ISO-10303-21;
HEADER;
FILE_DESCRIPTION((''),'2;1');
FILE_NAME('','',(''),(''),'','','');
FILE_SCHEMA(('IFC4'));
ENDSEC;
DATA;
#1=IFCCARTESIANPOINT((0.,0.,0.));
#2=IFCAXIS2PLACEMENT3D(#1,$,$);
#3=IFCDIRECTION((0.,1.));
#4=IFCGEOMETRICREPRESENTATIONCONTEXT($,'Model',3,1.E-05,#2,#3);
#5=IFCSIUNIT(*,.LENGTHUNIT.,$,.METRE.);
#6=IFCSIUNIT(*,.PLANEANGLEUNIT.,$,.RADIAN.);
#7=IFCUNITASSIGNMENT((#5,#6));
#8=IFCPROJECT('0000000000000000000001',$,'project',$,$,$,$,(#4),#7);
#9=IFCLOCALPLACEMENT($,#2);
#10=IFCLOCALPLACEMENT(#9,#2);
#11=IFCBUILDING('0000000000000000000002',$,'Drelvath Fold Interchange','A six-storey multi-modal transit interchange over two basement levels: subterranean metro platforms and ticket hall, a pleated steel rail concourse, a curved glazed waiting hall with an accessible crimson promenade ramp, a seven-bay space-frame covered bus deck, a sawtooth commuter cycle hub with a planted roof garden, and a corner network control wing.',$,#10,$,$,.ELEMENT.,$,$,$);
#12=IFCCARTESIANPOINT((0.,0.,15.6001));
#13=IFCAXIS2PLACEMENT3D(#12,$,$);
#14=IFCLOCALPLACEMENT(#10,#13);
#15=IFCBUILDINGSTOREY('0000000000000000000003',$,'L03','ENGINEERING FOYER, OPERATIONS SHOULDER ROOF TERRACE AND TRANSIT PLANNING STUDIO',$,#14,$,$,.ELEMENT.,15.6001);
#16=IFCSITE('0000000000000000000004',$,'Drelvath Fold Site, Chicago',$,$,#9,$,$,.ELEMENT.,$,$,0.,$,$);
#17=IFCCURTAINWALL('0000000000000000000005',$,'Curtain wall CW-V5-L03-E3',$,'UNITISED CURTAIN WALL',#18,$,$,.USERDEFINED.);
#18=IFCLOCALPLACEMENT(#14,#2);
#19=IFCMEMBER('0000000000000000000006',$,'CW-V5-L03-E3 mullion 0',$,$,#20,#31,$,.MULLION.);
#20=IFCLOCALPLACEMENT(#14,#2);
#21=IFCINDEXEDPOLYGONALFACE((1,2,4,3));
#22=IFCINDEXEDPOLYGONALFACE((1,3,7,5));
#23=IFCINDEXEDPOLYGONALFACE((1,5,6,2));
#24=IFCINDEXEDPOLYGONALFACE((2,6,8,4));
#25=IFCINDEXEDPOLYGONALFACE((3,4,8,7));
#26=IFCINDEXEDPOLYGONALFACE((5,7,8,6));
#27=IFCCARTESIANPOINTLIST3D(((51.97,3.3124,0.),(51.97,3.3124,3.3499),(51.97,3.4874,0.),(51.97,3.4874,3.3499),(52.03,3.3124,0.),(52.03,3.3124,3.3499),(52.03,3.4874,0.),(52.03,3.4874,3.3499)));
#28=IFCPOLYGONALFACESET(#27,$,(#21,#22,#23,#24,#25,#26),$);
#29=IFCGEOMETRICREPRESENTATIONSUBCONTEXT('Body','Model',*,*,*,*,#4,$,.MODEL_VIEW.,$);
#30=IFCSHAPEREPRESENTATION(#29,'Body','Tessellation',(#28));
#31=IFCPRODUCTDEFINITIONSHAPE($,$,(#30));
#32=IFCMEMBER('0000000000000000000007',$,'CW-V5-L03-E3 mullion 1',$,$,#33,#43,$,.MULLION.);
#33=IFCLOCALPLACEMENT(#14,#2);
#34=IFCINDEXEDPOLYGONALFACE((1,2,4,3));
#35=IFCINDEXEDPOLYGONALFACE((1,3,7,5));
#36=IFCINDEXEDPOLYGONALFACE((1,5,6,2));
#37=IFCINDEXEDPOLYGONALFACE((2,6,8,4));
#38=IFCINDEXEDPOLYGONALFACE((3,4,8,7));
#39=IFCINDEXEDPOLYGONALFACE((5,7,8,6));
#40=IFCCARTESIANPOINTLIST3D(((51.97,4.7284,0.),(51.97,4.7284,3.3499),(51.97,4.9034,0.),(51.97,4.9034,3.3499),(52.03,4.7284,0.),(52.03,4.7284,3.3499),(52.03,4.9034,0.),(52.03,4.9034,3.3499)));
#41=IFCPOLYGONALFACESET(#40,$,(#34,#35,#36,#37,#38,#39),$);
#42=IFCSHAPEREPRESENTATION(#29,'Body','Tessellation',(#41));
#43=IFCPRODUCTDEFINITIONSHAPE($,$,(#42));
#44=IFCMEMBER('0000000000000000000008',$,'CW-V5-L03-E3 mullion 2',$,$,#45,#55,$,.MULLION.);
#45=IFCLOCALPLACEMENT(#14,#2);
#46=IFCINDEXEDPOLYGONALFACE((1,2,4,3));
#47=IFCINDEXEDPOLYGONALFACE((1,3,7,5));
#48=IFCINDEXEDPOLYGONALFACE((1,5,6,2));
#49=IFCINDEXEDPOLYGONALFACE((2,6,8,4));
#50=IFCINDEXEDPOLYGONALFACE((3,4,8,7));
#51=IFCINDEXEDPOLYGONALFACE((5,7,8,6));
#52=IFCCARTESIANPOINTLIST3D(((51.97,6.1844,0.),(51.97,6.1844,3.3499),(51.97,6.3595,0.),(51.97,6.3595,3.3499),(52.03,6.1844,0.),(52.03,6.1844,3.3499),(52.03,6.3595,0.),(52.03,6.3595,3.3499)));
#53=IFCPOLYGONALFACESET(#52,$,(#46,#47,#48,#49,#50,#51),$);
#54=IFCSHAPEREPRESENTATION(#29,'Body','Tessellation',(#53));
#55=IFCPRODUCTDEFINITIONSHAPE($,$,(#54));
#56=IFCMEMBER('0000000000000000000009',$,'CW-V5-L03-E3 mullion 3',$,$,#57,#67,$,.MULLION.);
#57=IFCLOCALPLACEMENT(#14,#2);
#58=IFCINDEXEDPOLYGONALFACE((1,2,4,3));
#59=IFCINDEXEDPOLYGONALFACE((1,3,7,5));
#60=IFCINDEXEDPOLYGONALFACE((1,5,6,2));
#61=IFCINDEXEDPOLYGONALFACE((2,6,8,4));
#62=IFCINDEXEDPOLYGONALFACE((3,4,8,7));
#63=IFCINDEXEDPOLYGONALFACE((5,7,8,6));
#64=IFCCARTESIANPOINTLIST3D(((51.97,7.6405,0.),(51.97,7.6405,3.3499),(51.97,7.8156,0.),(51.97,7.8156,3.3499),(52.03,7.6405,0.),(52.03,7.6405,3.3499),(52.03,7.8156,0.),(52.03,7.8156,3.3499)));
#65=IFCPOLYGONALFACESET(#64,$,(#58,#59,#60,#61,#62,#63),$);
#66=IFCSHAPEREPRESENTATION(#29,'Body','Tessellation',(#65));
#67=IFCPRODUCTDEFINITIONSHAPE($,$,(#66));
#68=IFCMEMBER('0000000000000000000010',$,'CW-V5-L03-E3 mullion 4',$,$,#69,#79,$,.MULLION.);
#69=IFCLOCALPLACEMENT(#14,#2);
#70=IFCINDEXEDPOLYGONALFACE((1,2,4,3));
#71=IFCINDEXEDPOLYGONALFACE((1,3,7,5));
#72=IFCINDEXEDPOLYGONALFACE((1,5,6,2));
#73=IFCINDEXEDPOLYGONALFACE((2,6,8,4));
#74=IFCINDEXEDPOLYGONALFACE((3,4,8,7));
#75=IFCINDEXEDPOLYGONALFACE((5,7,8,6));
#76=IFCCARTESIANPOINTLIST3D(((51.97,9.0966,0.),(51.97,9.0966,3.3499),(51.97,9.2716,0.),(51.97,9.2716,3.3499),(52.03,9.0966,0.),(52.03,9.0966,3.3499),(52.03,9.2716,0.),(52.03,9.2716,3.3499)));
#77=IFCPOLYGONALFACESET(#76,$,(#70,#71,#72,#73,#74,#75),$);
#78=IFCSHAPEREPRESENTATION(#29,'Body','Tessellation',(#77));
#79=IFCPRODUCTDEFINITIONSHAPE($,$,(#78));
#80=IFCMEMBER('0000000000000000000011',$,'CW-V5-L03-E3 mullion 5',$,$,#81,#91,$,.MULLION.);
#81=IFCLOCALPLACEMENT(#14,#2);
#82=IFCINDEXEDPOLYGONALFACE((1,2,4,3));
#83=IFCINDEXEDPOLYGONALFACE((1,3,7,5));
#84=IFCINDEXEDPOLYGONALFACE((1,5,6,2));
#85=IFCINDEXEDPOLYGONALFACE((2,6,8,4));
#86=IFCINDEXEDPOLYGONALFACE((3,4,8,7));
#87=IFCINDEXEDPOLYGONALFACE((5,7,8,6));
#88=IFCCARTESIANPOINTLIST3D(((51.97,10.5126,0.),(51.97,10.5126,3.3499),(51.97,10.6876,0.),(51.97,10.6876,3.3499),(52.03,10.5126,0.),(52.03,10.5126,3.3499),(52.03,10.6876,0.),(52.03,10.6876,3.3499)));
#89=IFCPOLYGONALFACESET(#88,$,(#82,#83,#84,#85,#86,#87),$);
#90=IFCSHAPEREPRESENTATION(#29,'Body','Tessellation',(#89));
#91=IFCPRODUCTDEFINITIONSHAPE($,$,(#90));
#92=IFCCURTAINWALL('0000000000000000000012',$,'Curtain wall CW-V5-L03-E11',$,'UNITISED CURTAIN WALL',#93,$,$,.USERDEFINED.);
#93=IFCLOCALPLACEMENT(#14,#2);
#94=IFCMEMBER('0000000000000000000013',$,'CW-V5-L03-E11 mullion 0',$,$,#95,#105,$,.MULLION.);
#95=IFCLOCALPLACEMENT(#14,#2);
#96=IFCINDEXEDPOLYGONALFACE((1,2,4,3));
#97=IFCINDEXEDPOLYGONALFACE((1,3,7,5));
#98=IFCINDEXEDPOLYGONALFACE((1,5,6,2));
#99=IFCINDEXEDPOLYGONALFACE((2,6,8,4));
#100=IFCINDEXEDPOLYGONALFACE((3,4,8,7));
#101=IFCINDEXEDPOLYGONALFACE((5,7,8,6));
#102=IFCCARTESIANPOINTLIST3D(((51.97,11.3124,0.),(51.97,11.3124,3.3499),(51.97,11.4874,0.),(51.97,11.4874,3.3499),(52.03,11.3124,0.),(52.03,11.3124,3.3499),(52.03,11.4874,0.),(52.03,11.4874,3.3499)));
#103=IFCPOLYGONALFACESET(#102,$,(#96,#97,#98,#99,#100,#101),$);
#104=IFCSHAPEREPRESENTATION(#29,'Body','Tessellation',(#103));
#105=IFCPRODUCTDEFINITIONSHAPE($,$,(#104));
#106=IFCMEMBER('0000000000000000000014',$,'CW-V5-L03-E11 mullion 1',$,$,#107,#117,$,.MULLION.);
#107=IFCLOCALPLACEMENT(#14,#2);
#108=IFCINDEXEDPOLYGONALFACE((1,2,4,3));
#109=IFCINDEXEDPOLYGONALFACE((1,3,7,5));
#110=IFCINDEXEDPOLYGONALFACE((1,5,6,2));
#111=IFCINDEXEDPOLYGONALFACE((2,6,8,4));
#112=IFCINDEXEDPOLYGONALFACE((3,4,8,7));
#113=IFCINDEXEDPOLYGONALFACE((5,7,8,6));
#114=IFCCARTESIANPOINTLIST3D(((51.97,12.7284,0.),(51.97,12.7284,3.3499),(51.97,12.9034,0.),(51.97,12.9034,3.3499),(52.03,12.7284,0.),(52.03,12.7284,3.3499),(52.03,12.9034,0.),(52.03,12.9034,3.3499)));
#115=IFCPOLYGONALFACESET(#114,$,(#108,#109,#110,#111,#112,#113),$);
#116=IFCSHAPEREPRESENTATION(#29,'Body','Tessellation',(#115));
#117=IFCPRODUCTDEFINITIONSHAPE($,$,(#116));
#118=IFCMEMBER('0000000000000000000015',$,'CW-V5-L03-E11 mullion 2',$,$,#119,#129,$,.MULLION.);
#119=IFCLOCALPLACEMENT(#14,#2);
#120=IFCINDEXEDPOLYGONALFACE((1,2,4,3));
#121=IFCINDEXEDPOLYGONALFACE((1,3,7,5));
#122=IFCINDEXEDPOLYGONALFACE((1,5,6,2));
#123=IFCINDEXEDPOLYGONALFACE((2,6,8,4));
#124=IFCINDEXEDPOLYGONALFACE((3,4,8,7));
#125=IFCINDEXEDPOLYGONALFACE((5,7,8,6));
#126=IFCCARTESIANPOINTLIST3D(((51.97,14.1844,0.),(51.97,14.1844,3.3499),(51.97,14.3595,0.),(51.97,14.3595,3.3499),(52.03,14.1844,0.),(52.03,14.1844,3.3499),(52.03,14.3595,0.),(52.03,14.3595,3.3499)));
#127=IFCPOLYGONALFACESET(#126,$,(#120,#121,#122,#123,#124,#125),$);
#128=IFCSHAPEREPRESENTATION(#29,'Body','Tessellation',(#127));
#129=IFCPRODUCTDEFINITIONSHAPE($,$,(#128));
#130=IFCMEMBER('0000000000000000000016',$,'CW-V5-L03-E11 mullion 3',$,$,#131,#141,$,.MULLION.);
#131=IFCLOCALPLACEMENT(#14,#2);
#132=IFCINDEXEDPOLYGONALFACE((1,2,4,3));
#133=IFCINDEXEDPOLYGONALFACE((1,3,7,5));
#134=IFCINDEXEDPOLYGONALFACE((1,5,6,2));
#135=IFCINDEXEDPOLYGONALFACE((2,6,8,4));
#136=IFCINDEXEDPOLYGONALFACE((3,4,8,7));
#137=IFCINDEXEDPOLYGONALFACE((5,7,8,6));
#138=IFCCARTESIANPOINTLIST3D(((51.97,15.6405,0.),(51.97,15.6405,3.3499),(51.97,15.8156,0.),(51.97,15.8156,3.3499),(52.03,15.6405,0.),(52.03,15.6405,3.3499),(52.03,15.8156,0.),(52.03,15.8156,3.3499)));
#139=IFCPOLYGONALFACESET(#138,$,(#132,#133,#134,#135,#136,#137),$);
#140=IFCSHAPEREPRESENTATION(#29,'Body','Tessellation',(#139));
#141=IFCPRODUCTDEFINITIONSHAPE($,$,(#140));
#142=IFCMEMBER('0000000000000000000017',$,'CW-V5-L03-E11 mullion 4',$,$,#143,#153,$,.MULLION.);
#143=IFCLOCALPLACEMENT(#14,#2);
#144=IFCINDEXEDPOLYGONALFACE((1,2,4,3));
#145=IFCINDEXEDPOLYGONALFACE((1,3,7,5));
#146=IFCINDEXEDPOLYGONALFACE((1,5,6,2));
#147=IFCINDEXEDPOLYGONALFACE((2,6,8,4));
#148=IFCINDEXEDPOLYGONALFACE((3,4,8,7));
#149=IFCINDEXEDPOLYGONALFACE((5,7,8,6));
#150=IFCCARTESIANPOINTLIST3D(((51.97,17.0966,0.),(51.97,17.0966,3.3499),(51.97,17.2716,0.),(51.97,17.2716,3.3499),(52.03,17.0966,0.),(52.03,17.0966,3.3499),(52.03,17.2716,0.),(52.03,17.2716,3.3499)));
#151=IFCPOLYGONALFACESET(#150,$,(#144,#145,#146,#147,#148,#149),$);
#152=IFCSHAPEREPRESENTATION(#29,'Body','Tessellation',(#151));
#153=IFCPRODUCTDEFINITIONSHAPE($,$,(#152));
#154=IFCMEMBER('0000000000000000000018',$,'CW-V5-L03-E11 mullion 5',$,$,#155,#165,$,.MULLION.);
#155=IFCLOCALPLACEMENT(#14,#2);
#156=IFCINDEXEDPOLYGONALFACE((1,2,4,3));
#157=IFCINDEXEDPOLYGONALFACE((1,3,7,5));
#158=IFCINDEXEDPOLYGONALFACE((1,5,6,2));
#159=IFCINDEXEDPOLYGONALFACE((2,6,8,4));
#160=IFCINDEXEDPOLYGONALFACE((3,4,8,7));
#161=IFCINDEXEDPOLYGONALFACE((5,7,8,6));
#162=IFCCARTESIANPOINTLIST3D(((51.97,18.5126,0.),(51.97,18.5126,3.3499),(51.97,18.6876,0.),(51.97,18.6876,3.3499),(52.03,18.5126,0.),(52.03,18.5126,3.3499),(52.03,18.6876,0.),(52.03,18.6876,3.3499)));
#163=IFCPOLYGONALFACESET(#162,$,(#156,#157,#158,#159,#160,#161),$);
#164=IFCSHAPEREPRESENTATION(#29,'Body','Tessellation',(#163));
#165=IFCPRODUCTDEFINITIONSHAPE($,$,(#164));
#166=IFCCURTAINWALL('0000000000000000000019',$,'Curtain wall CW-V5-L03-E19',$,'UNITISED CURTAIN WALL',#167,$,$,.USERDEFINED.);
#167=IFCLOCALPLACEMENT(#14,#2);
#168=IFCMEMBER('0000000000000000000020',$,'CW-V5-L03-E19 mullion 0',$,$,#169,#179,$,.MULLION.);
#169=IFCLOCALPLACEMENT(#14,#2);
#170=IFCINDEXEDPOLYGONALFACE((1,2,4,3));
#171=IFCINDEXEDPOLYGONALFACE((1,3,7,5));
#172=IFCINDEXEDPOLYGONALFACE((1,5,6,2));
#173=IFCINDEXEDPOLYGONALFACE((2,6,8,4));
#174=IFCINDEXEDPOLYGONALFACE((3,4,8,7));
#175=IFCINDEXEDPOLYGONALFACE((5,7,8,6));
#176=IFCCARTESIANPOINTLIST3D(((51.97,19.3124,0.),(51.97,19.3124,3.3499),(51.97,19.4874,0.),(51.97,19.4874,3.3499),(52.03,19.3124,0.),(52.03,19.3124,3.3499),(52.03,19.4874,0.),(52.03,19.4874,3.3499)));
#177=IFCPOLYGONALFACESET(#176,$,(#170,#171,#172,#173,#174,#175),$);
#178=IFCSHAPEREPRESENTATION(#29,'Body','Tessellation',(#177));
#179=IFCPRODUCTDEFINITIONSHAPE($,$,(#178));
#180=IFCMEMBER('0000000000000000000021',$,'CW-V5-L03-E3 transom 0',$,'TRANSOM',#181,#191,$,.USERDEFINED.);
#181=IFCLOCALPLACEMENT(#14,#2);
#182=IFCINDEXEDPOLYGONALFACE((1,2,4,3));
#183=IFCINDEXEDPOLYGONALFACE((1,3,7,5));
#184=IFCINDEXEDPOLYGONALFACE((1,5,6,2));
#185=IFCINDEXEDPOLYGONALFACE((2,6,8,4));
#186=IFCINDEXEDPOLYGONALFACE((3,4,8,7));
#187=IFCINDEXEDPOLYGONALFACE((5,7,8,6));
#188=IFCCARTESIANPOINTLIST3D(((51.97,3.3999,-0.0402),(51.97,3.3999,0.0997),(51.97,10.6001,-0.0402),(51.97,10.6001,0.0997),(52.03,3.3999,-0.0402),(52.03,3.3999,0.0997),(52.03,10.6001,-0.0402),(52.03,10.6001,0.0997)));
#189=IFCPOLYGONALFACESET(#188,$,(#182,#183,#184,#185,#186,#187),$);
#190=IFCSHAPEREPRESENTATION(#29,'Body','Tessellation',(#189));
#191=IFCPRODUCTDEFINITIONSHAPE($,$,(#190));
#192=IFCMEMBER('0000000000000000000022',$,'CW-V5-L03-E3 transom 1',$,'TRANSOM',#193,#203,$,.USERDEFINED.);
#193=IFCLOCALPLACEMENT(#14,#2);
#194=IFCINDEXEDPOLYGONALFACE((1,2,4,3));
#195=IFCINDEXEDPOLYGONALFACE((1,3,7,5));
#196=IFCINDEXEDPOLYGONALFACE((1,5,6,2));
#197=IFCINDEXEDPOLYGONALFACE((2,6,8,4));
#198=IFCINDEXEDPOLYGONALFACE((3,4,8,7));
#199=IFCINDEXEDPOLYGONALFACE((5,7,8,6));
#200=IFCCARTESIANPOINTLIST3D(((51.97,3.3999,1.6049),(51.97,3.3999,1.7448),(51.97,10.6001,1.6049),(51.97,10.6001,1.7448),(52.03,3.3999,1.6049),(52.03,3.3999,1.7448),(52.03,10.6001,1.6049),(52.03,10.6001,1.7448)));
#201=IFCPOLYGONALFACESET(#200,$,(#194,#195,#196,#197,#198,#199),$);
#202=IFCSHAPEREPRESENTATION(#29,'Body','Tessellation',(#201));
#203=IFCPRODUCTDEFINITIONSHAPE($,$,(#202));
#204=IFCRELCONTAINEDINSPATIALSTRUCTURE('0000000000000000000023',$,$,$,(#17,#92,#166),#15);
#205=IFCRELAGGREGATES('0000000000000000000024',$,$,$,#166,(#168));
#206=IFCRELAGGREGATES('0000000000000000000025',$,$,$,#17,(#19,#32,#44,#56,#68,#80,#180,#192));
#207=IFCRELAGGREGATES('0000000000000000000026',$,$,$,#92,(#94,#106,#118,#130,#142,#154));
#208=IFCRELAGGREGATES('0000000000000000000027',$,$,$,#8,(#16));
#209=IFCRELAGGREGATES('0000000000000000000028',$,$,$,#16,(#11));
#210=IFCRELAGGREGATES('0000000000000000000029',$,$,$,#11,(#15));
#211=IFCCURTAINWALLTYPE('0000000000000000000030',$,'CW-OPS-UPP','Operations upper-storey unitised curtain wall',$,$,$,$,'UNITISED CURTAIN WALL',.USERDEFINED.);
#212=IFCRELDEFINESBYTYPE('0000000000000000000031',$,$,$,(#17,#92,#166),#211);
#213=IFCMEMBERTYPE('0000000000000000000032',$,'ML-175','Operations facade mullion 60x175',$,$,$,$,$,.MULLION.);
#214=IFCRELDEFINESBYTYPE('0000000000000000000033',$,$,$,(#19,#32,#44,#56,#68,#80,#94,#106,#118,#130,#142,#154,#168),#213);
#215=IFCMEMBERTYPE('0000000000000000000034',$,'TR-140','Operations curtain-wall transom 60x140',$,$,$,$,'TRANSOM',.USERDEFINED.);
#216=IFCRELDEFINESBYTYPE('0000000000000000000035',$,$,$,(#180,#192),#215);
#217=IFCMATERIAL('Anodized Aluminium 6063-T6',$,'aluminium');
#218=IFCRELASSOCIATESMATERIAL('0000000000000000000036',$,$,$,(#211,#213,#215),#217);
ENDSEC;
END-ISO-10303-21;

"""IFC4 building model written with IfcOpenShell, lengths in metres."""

from ifc_helpers import new_model, si_unit, direction, frame, origin, origin_2d, place, context, subcontext, project, spatial, rectangle, extrude, material, material_profile, profile_set, type_object, element, aggregate, save


model = new_model("IFC4")

# Units and contexts
model_context = context("Model", 3, precision=1e-05, world=origin(), true_north=direction((0.0, 1.0)))
body_context = subcontext(model_context, "Body", "Model", "MODEL_VIEW")
ifc_project = project(units=[si_unit("LENGTHUNIT", "METRE"), si_unit("PLANEANGLEUNIT", "RADIAN")], contexts=[model_context])

# Site, building, storey
site_placement = place(None, origin())
site = spatial("IfcSite", under=ifc_project, at=site_placement, Name="Drelvath Fold Site, Chicago", CompositionType="ELEMENT", RefElevation=0.0)
building_placement = place(site_placement, origin())
building = spatial("IfcBuilding", under=site, at=building_placement, Name="Drelvath Fold Interchange", Description="A six-storey multi-modal transit interchange over two basement levels: subterranean metro platforms and ticket hall, a pleated steel rail concourse, a curved glazed waiting hall with an accessible crimson promenade ramp, a seven-bay space-frame covered bus deck, a sawtooth commuter cycle hub with a planted roof garden, and a corner network control wing.", CompositionType="ELEMENT")
storey_placement = place(building_placement, frame((0.0, 0.0, 15.6001)))
storey = spatial("IfcBuildingStorey", under=building, at=storey_placement, Name="L03", Description="ENGINEERING FOYER, OPERATIONS SHOULDER ROOF TERRACE AND TRANSIT PLANNING STUDIO", CompositionType="ELEMENT", Elevation=15.6001)

# Curtain walls, members
ifc_material_1 = material(Name="Anodized Aluminium 6063-T6", Category="aluminium")
curtain_wall_type = type_object("IfcCurtainWallType", Name="CW-OPS-UPP", Description="Operations upper-storey unitised curtain wall", ElementType="UNITISED CURTAIN WALL", PredefinedType="USERDEFINED", material=ifc_material_1)
curtain_wall_1_placement = place(storey_placement, origin())
curtain_wall_1 = element("IfcCurtainWall", 1, at=curtain_wall_1_placement, inside=storey, type_object=curtain_wall_type, Name="Curtain wall CW-V5-L03-E3", ObjectType="UNITISED CURTAIN WALL", PredefinedType="USERDEFINED")
ifc_material_profile_1 = material_profile(ifc_material_1, rectangle(XDim=0.0601, YDim=0.175, at=origin_2d()), Name="AL-M 60x175")
ifc_profile_set_1 = profile_set([ifc_material_profile_1], Name="Anodized Aluminium 6063-T6")
member_type_1 = type_object("IfcMemberType", Name="ML-175", Description="Operations facade mullion 60x175", PredefinedType="MULLION", material=ifc_profile_set_1)
member_1_placement = place(storey_placement, frame((52.0, 3.3999, 0.0), z_axis=(0.0, 0.0, 1.0), x_axis=(1.0, 0.0, 0.0)))
member_1 = element("IfcMember", 2, at=member_1_placement, type_object=member_type_1, Name="CW-V5-L03-E3 mullion 0", PredefinedType="MULLION", context=body_context, shape_type="SweptSolid", body=[
    extrude(rectangle(XDim=0.0601, YDim=0.175, at=origin_2d()), origin(), (0.0, 0.0, 1.0), 3.3499),
])
member_2_placement = place(storey_placement, frame((52.0, 4.8159, 0.0), z_axis=(0.0, 0.0, 1.0), x_axis=(1.0, 0.0, 0.0)))
member_2 = element("IfcMember", 3, at=member_2_placement, type_object=member_type_1, Name="CW-V5-L03-E3 mullion 1", PredefinedType="MULLION", context=body_context, shape_type="SweptSolid", body=[
    extrude(rectangle(XDim=0.0601, YDim=0.175, at=origin_2d()), origin(), (0.0, 0.0, 1.0), 3.3499),
])
member_3_placement = place(storey_placement, frame((52.0, 6.272, 0.0), z_axis=(0.0, 0.0, 1.0), x_axis=(1.0, 0.0, 0.0)))
member_3 = element("IfcMember", 4, at=member_3_placement, type_object=member_type_1, Name="CW-V5-L03-E3 mullion 2", PredefinedType="MULLION", context=body_context, shape_type="SweptSolid", body=[
    extrude(rectangle(XDim=0.0601, YDim=0.175, at=origin_2d()), origin(), (0.0, 0.0, 1.0), 3.3499),
])
member_4_placement = place(storey_placement, frame((52.0, 7.728, 0.0), z_axis=(0.0, 0.0, 1.0), x_axis=(1.0, 0.0, 0.0)))
member_4 = element("IfcMember", 5, at=member_4_placement, type_object=member_type_1, Name="CW-V5-L03-E3 mullion 3", PredefinedType="MULLION", context=body_context, shape_type="SweptSolid", body=[
    extrude(rectangle(XDim=0.0601, YDim=0.175, at=origin_2d()), origin(), (0.0, 0.0, 1.0), 3.3499),
])
member_5_placement = place(storey_placement, frame((52.0, 9.1841, 0.0), z_axis=(0.0, 0.0, 1.0), x_axis=(1.0, 0.0, 0.0)))
member_5 = element("IfcMember", 6, at=member_5_placement, type_object=member_type_1, Name="CW-V5-L03-E3 mullion 4", PredefinedType="MULLION", context=body_context, shape_type="SweptSolid", body=[
    extrude(rectangle(XDim=0.0601, YDim=0.175, at=origin_2d()), origin(), (0.0, 0.0, 1.0), 3.3499),
])
member_6_placement = place(storey_placement, frame((52.0, 10.6001, 0.0), z_axis=(0.0, 0.0, 1.0), x_axis=(1.0, 0.0, 0.0)))
member_6 = element("IfcMember", 7, at=member_6_placement, type_object=member_type_1, Name="CW-V5-L03-E3 mullion 5", PredefinedType="MULLION", context=body_context, shape_type="SweptSolid", body=[
    extrude(rectangle(XDim=0.0601, YDim=0.175, at=origin_2d()), origin(), (0.0, 0.0, 1.0), 3.3499),
])
curtain_wall_2_placement = place(storey_placement, origin())
curtain_wall_2 = element("IfcCurtainWall", 8, at=curtain_wall_2_placement, inside=storey, type_object=curtain_wall_type, Name="Curtain wall CW-V5-L03-E11", ObjectType="UNITISED CURTAIN WALL", PredefinedType="USERDEFINED")
member_7_placement = place(storey_placement, frame((52.0, 11.3999, 0.0), z_axis=(0.0, 0.0, 1.0), x_axis=(1.0, 0.0, 0.0)))
member_7 = element("IfcMember", 9, at=member_7_placement, type_object=member_type_1, Name="CW-V5-L03-E11 mullion 0", PredefinedType="MULLION", context=body_context, shape_type="SweptSolid", body=[
    extrude(rectangle(XDim=0.0601, YDim=0.175, at=origin_2d()), origin(), (0.0, 0.0, 1.0), 3.3499),
])
member_8_placement = place(storey_placement, frame((52.0, 12.8159, 0.0), z_axis=(0.0, 0.0, 1.0), x_axis=(1.0, 0.0, 0.0)))
member_8 = element("IfcMember", 10, at=member_8_placement, type_object=member_type_1, Name="CW-V5-L03-E11 mullion 1", PredefinedType="MULLION", context=body_context, shape_type="SweptSolid", body=[
    extrude(rectangle(XDim=0.0601, YDim=0.175, at=origin_2d()), origin(), (0.0, 0.0, 1.0), 3.3499),
])
member_9_placement = place(storey_placement, frame((52.0, 14.272, 0.0), z_axis=(0.0, 0.0, 1.0), x_axis=(1.0, 0.0, 0.0)))
member_9 = element("IfcMember", 11, at=member_9_placement, type_object=member_type_1, Name="CW-V5-L03-E11 mullion 2", PredefinedType="MULLION", context=body_context, shape_type="SweptSolid", body=[
    extrude(rectangle(XDim=0.0601, YDim=0.175, at=origin_2d()), origin(), (0.0, 0.0, 1.0), 3.3499),
])
member_10_placement = place(storey_placement, frame((52.0, 15.728, 0.0), z_axis=(0.0, 0.0, 1.0), x_axis=(1.0, 0.0, 0.0)))
member_10 = element("IfcMember", 12, at=member_10_placement, type_object=member_type_1, Name="CW-V5-L03-E11 mullion 3", PredefinedType="MULLION", context=body_context, shape_type="SweptSolid", body=[
    extrude(rectangle(XDim=0.0601, YDim=0.175, at=origin_2d()), origin(), (0.0, 0.0, 1.0), 3.3499),
])
member_11_placement = place(storey_placement, frame((52.0, 17.1841, 0.0), z_axis=(0.0, 0.0, 1.0), x_axis=(1.0, 0.0, 0.0)))
member_11 = element("IfcMember", 13, at=member_11_placement, type_object=member_type_1, Name="CW-V5-L03-E11 mullion 4", PredefinedType="MULLION", context=body_context, shape_type="SweptSolid", body=[
    extrude(rectangle(XDim=0.0601, YDim=0.175, at=origin_2d()), origin(), (0.0, 0.0, 1.0), 3.3499),
])
member_12_placement = place(storey_placement, frame((52.0, 18.6001, 0.0), z_axis=(0.0, 0.0, 1.0), x_axis=(1.0, 0.0, 0.0)))
member_12 = element("IfcMember", 14, at=member_12_placement, type_object=member_type_1, Name="CW-V5-L03-E11 mullion 5", PredefinedType="MULLION", context=body_context, shape_type="SweptSolid", body=[
    extrude(rectangle(XDim=0.0601, YDim=0.175, at=origin_2d()), origin(), (0.0, 0.0, 1.0), 3.3499),
])

# Curtain wall, member
curtain_wall_3_placement = place(storey_placement, origin())
curtain_wall_3 = element("IfcCurtainWall", 15, at=curtain_wall_3_placement, inside=storey, type_object=curtain_wall_type, Name="Curtain wall CW-V5-L03-E19", ObjectType="UNITISED CURTAIN WALL", PredefinedType="USERDEFINED")
member_13_placement = place(storey_placement, frame((52.0, 19.3999, 0.0), z_axis=(0.0, 0.0, 1.0), x_axis=(1.0, 0.0, 0.0)))
member_13 = element("IfcMember", 16, at=member_13_placement, type_object=member_type_1, Name="CW-V5-L03-E19 mullion 0", PredefinedType="MULLION", context=body_context, shape_type="SweptSolid", body=[
    extrude(rectangle(XDim=0.0601, YDim=0.175, at=origin_2d()), origin(), (0.0, 0.0, 1.0), 3.3499),
])
aggregate(curtain_wall_3, [member_13])

# Members
ifc_material_profile_2 = material_profile(ifc_material_1, rectangle(XDim=0.0601, YDim=0.1399, at=origin_2d()), Name="AL-T 60x140")
ifc_profile_set_2 = profile_set([ifc_material_profile_2], Name="Anodized Aluminium 6063-T6")
member_type_2 = type_object("IfcMemberType", Name="TR-140", Description="Operations curtain-wall transom 60x140", ElementType="TRANSOM", PredefinedType="USERDEFINED", material=ifc_profile_set_2)
member_14_placement = place(storey_placement, frame((52.0, 3.3999, 0.0298), z_axis=(0.0, 1.0, 0.0), x_axis=(-1.0, 0.0, 0.0)))
member_14 = element("IfcMember", 17, at=member_14_placement, type_object=member_type_2, Name="CW-V5-L03-E3 transom 0", ObjectType="TRANSOM", PredefinedType="USERDEFINED", context=body_context, shape_type="SweptSolid", body=[
    extrude(rectangle(XDim=0.0601, YDim=0.1399, at=origin_2d()), origin(), (0.0, 0.0, 1.0), 7.2002),
])
member_15_placement = place(storey_placement, frame((52.0, 3.3999, 1.6748), z_axis=(0.0, 1.0, 0.0), x_axis=(-1.0, 0.0, 0.0)))
member_15 = element("IfcMember", 18, at=member_15_placement, type_object=member_type_2, Name="CW-V5-L03-E3 transom 1", ObjectType="TRANSOM", PredefinedType="USERDEFINED", context=body_context, shape_type="SweptSolid", body=[
    extrude(rectangle(XDim=0.0601, YDim=0.1399, at=origin_2d()), origin(), (0.0, 0.0, 1.0), 7.2002),
])

aggregate(curtain_wall_1, [member_1, member_2, member_3, member_4, member_5, member_6, member_14, member_15])
aggregate(curtain_wall_2, [member_7, member_8, member_9, member_10, member_11, member_12])

save(model, "model.ifc")
